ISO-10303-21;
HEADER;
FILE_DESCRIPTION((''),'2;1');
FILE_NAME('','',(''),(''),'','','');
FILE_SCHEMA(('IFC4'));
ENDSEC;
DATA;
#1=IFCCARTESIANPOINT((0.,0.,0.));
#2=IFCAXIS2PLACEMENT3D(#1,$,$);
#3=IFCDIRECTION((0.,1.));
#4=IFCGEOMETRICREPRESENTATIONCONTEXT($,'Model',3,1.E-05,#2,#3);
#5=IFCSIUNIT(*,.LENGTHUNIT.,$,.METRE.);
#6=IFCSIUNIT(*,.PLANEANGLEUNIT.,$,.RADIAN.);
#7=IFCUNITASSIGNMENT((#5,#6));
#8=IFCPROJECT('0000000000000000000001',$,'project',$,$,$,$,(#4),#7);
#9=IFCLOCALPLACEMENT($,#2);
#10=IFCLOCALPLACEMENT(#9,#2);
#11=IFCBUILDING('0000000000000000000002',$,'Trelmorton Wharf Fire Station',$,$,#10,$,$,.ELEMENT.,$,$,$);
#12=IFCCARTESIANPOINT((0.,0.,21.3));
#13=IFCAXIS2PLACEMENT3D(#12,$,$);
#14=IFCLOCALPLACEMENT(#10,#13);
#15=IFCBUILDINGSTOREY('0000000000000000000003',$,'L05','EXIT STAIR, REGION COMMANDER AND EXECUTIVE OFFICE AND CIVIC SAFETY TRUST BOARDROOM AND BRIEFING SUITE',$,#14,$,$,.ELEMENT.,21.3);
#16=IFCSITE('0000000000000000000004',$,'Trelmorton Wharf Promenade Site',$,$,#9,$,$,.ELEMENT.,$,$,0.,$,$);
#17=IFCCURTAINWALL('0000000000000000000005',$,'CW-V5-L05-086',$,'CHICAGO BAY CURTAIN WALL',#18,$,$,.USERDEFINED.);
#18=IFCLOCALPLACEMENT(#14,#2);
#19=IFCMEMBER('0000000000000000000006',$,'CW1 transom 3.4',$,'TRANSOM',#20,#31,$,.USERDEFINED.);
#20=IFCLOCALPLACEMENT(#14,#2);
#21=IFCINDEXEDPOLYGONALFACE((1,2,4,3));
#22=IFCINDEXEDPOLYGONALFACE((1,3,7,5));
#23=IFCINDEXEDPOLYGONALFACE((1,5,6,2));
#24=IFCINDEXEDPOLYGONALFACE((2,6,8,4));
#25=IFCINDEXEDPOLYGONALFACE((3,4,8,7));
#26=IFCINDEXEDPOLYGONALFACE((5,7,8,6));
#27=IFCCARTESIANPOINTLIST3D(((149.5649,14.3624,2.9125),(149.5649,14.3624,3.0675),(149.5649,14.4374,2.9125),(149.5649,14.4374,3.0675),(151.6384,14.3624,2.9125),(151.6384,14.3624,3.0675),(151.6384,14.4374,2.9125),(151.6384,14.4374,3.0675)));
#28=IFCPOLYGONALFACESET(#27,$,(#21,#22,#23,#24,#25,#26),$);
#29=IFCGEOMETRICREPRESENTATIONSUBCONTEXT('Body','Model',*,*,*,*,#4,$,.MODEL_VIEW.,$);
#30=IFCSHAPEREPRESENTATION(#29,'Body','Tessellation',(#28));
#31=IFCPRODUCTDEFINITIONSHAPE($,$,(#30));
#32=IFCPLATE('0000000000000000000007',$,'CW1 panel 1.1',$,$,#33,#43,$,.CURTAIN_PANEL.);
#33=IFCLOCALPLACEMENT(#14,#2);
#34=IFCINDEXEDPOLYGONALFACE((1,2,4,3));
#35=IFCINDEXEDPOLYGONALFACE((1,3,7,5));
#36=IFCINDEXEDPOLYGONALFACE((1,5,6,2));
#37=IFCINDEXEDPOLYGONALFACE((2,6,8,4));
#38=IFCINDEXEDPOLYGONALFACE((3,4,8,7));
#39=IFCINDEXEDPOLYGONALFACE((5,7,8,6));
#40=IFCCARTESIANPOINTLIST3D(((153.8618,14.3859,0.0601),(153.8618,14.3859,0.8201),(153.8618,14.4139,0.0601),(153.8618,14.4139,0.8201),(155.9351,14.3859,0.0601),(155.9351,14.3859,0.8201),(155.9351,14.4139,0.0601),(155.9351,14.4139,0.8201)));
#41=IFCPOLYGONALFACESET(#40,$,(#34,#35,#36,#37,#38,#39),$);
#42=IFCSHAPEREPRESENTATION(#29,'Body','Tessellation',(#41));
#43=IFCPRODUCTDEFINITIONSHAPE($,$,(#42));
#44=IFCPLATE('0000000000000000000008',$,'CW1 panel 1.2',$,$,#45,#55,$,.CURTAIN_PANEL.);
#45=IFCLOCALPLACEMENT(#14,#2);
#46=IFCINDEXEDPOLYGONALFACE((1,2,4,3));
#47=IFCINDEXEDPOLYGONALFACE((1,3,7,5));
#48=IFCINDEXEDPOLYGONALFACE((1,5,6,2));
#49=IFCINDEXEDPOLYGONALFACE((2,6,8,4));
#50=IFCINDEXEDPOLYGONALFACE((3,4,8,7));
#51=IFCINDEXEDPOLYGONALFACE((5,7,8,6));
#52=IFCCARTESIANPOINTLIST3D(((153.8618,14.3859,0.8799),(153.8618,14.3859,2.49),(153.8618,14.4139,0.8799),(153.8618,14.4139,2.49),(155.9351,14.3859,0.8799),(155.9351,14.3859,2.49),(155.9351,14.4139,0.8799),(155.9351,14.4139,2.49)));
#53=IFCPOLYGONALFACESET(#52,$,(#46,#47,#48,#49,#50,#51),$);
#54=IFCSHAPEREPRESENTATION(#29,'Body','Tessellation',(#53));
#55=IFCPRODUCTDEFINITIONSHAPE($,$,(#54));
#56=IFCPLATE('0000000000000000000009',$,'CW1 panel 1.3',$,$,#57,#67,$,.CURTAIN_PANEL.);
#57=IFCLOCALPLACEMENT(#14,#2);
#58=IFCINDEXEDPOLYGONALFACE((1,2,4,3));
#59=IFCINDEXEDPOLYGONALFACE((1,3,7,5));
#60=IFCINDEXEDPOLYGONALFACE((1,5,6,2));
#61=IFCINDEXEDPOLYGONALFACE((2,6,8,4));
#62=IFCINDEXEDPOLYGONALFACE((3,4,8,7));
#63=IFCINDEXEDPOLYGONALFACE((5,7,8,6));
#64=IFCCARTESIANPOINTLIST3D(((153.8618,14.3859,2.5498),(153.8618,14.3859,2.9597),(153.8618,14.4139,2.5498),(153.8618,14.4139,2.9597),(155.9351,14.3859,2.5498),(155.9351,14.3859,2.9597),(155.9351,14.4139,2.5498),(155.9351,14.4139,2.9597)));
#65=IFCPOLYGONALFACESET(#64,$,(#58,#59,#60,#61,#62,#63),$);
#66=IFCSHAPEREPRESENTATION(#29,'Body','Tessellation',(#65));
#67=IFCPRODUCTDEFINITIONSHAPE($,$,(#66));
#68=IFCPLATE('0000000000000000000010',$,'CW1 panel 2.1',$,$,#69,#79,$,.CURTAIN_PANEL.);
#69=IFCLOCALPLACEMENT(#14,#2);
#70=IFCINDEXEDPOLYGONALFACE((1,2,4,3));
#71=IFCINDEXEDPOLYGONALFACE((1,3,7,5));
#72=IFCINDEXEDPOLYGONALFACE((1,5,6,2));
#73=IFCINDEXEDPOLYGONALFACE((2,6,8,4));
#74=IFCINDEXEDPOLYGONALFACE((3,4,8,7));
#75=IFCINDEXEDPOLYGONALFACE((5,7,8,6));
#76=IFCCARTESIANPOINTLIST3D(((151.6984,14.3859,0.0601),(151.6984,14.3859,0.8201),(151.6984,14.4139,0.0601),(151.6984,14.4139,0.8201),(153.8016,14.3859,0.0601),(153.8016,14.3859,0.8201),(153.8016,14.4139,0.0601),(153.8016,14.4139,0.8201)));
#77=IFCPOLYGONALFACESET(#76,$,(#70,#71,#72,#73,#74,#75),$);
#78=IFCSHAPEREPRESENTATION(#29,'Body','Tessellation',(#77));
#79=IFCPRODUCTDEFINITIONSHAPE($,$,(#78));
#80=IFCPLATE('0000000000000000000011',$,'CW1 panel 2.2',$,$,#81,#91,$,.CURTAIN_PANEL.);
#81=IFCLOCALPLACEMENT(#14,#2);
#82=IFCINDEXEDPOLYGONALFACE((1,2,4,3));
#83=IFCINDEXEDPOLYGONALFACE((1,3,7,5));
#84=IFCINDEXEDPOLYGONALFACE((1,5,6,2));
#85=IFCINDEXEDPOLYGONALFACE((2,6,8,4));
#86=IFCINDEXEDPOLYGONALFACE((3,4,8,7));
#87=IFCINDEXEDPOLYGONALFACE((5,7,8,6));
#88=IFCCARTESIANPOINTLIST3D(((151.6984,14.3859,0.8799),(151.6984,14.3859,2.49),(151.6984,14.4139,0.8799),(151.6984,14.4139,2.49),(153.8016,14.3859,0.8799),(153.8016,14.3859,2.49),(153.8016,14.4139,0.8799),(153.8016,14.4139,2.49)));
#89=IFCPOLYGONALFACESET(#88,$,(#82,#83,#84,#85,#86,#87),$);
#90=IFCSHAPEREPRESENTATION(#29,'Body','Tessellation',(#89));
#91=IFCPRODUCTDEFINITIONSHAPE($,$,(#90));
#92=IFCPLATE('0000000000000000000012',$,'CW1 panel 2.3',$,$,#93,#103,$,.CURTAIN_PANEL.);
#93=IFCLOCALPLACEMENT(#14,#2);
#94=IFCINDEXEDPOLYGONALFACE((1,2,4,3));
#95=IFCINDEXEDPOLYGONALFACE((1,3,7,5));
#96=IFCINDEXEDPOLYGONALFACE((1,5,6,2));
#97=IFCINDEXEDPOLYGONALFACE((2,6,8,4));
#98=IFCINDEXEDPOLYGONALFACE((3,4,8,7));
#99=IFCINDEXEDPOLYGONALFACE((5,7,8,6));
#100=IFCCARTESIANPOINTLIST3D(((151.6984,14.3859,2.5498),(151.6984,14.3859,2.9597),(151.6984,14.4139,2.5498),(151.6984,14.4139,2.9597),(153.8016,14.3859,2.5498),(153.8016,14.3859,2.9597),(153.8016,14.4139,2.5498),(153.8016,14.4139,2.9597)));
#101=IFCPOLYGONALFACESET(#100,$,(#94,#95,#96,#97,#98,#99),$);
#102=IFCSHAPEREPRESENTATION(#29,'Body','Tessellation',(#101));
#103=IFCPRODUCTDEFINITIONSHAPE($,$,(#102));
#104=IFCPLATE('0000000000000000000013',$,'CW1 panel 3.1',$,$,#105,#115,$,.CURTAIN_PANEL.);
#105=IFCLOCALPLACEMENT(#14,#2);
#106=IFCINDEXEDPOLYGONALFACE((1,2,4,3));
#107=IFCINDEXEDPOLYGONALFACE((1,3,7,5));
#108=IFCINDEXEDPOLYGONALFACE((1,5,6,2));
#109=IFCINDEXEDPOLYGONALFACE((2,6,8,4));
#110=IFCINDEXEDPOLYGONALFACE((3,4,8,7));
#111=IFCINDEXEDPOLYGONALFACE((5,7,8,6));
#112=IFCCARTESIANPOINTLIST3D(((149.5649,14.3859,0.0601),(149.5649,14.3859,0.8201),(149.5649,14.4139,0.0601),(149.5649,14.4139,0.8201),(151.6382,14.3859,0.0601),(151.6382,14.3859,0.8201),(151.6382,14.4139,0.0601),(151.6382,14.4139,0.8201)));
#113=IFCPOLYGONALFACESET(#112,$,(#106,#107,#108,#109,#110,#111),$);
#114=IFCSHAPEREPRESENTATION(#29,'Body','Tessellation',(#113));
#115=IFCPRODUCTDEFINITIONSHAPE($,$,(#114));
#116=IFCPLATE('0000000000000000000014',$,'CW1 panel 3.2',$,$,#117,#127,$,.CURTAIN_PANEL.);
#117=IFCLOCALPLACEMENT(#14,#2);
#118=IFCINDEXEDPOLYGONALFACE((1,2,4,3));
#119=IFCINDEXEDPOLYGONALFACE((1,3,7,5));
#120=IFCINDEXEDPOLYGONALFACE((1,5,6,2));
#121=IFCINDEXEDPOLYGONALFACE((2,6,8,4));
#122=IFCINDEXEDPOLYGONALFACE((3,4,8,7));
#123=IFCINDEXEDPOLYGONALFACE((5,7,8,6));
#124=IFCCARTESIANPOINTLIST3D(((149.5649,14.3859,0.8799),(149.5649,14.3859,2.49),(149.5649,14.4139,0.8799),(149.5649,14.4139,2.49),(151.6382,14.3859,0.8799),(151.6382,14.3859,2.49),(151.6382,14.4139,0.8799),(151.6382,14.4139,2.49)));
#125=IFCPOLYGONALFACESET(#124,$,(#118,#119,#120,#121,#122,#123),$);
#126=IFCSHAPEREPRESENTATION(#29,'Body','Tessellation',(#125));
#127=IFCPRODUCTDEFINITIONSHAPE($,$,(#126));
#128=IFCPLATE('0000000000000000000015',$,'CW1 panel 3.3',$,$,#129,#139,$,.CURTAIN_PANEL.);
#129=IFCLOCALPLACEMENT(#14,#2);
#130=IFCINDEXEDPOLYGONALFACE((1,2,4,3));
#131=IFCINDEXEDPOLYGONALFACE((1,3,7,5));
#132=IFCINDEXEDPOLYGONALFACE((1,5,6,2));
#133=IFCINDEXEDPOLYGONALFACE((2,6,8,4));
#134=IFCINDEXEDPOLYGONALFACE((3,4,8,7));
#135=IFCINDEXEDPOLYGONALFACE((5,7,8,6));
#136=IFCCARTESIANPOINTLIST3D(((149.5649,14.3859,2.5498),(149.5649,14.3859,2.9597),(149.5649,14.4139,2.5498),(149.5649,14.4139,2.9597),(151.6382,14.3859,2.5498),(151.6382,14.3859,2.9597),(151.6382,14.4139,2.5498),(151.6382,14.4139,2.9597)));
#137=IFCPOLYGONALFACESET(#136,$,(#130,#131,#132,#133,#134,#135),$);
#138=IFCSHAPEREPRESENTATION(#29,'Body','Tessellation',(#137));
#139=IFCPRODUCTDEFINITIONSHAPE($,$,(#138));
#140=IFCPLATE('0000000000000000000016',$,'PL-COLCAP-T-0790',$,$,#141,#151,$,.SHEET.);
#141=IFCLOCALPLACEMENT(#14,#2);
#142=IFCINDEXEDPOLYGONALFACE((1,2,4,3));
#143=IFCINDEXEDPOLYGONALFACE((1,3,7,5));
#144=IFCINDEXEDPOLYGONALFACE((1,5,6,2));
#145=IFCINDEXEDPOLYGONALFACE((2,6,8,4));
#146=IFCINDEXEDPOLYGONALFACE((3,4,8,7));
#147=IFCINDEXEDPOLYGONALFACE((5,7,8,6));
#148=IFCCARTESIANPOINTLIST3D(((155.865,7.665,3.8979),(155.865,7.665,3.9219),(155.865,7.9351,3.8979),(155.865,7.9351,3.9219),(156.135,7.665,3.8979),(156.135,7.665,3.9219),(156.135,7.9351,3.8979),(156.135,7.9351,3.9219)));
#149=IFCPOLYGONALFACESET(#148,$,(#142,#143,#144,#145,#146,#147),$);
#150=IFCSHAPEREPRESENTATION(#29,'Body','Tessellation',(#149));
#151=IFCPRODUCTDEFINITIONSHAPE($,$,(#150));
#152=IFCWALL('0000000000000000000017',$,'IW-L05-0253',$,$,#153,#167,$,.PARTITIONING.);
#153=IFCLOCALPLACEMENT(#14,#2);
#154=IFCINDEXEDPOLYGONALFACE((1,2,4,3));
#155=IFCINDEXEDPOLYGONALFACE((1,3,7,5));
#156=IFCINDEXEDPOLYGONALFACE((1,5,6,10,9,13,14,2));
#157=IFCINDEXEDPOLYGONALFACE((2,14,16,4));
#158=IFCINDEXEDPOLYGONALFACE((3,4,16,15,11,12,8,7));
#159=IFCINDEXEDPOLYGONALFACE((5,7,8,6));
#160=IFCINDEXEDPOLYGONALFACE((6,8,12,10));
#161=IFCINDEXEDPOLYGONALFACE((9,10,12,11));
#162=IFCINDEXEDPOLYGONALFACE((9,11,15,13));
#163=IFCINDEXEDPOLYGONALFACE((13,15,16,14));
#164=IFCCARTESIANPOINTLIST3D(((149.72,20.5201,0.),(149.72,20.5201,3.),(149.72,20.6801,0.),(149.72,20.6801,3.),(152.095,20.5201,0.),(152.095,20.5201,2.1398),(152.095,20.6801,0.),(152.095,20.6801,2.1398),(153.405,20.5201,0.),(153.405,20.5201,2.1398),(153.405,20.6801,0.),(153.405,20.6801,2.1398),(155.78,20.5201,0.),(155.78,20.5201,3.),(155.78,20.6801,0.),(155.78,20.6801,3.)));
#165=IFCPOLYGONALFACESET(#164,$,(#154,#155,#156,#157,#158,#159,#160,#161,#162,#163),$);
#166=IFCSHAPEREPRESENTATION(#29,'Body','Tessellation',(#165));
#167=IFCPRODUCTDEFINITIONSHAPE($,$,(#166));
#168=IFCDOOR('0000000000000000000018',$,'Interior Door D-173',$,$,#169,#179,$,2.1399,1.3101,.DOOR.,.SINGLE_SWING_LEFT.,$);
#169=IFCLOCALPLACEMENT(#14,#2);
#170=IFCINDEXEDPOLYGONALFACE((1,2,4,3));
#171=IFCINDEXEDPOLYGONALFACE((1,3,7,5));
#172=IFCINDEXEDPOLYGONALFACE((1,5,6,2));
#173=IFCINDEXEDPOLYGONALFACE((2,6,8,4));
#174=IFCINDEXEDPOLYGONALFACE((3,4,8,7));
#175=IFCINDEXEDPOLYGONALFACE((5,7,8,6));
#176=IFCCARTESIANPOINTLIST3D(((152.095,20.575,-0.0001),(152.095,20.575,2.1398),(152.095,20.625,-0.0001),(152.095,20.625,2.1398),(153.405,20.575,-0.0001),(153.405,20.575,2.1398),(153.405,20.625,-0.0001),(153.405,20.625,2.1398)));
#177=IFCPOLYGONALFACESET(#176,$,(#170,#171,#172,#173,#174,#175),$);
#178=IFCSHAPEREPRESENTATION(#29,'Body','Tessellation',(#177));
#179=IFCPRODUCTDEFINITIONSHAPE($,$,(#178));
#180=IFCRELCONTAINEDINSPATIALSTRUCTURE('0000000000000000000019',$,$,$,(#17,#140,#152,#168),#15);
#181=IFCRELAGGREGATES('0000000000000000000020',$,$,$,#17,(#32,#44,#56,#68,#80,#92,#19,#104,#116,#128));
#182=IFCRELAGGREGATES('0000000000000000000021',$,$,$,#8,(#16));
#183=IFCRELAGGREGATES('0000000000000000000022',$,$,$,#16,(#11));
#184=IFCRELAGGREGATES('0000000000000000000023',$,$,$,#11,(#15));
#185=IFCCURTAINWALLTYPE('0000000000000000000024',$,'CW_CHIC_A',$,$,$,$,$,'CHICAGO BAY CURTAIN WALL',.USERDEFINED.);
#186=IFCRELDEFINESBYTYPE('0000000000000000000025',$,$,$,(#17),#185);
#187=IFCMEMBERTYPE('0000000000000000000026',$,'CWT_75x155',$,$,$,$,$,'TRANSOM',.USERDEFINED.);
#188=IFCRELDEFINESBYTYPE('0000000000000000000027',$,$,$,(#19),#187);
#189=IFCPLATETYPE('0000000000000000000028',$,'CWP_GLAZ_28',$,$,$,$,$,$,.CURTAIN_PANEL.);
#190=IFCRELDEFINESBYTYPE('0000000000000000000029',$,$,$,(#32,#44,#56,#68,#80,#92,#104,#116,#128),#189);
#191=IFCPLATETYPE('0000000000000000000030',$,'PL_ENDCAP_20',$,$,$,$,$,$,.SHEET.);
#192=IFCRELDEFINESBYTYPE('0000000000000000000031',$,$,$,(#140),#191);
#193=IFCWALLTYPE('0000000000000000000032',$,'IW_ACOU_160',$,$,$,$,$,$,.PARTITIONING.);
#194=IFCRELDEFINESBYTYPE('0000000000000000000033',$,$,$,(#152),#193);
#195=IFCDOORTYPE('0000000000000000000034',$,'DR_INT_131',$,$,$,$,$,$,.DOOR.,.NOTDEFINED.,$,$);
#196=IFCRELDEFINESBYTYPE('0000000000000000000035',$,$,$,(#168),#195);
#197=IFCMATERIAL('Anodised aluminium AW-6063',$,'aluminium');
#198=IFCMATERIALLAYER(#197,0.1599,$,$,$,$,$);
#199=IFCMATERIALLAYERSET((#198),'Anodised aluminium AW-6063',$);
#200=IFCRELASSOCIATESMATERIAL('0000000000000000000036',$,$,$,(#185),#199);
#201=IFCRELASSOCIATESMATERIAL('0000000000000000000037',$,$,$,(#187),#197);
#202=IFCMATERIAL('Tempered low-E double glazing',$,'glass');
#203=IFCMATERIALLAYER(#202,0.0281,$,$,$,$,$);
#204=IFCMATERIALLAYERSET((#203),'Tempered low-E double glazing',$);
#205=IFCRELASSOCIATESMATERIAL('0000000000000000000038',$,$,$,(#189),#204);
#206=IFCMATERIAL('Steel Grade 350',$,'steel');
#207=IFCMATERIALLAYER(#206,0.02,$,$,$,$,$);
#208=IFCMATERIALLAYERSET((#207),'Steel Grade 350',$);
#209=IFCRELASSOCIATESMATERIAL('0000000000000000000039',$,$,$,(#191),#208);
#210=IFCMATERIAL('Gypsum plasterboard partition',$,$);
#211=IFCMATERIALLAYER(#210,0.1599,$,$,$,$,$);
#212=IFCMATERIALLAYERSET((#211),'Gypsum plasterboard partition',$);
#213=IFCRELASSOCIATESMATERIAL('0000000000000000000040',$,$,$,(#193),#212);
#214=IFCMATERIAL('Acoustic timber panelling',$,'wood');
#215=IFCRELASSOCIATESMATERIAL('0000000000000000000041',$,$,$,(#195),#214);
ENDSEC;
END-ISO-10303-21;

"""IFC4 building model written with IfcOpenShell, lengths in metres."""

from ifc_helpers import new_model, si_unit, direction, frame, frame_2d, origin, origin_2d, place, context, subcontext, project, spatial, rectangle, extrude, material, layer, layer_set, material_profile, profile_set, type_object, element, fill, aggregate, save


model = new_model("IFC4")

# Units and contexts
model_context = context("Model", 3, precision=1e-05, world=origin(), true_north=direction((0.0, 1.0)))
body_context = subcontext(model_context, "Body", "Model", "MODEL_VIEW")
ifc_project = project(units=[si_unit("LENGTHUNIT", "METRE"), si_unit("PLANEANGLEUNIT", "RADIAN")], contexts=[model_context])

# Site, building, storey
site_placement = place(None, origin())
site = spatial("IfcSite", under=ifc_project, at=site_placement, Name="Trelmorton Wharf Promenade Site", CompositionType="ELEMENT", RefElevation=0.0)
building_placement = place(site_placement, origin())
building = spatial("IfcBuilding", under=site, at=building_placement, Name="Trelmorton Wharf Fire Station", CompositionType="ELEMENT")
storey_placement = place(building_placement, frame((0.0, 0.0, 21.3)))
storey = spatial("IfcBuildingStorey", under=building, at=storey_placement, Name="L05", Description="EXIT STAIR, REGION COMMANDER AND EXECUTIVE OFFICE AND CIVIC SAFETY TRUST BOARDROOM AND BRIEFING SUITE", CompositionType="ELEMENT", Elevation=21.3)

# Shared definitions
ifc_material_1 = material(Name="Steel Grade 350", Category="steel")

# Curtain wall, member, plates
ifc_material_2 = material(Name="Anodised aluminium AW-6063", Category="aluminium")
ifc_layer_1 = layer(ifc_material_2, 0.1599)
ifc_layer_set_1 = layer_set([ifc_layer_1], Name="Anodised aluminium AW-6063")
curtain_wall_type = type_object("IfcCurtainWallType", Name="CW_CHIC_A", ElementType="CHICAGO BAY CURTAIN WALL", PredefinedType="USERDEFINED", material=ifc_layer_set_1)
curtain_wall_placement = place(storey_placement, origin())
curtain_wall = element("IfcCurtainWall", 1, at=curtain_wall_placement, inside=storey, type_object=curtain_wall_type, Name="CW-V5-L05-086", ObjectType="CHICAGO BAY CURTAIN WALL", PredefinedType="USERDEFINED")
ifc_material_profile_1 = material_profile(ifc_material_2, rectangle(XDim=0.075, YDim=0.155, at=origin_2d()), Name="ALU-75x155")
ifc_profile_set_1 = profile_set([ifc_material_profile_1], Name="Anodised aluminium AW-6063")
member_type_1 = type_object("IfcMemberType", Name="CWT_75x155", ElementType="TRANSOM", PredefinedType="USERDEFINED", material=ifc_profile_set_1)
member_1_placement = place(storey_placement, frame((151.6384, 14.3999, 2.99), z_axis=(-1.0, 0.0, 0.0), x_axis=(0.0, -1.0, 0.0)))
member_1 = element("IfcMember", 2, at=member_1_placement, type_object=member_type_1, Name="CW1 transom 3.4", ObjectType="TRANSOM", PredefinedType="USERDEFINED", context=body_context, shape_type="SweptSolid", body=[
    extrude(rectangle(XDim=0.075, YDim=0.155, at=origin_2d()), origin(), (0.0, 0.0, 1.0), 2.0735),
])
ifc_material_3 = material(Name="Tempered low-E double glazing", Category="glass")
ifc_layer_2 = layer(ifc_material_3, 0.0281)
ifc_layer_set_2 = layer_set([ifc_layer_2], Name="Tempered low-E double glazing")
plate_type_1 = type_object("IfcPlateType", Name="CWP_GLAZ_28", PredefinedType="CURTAIN_PANEL", material=ifc_layer_set_2)
plate_1_placement = place(storey_placement, frame((154.8984, 14.3999, 0.0601), z_axis=(0.0, 0.0, 1.0), x_axis=(-1.0, 0.0, 0.0)))
plate_1 = element("IfcPlate", 3, at=plate_1_placement, type_object=plate_type_1, Name="CW1 panel 1.1", PredefinedType="CURTAIN_PANEL", context=body_context, shape_type="SweptSolid", body=[
    extrude(rectangle(XDim=2.0732, YDim=0.0281, at=origin_2d()), origin(), (0.0, 0.0, 1.0), 0.76),
])
plate_2_placement = place(storey_placement, frame((154.8984, 14.3999, 0.8799), z_axis=(0.0, 0.0, 1.0), x_axis=(-1.0, 0.0, 0.0)))
plate_2 = element("IfcPlate", 4, at=plate_2_placement, type_object=plate_type_1, Name="CW1 panel 1.2", PredefinedType="CURTAIN_PANEL", context=body_context, shape_type="SweptSolid", body=[
    extrude(rectangle(XDim=2.0732, YDim=0.0281, at=origin_2d()), origin(), (0.0, 0.0, 1.0), 1.6101),
])
plate_3_placement = place(storey_placement, frame((154.8984, 14.3999, 2.5498), z_axis=(0.0, 0.0, 1.0), x_axis=(-1.0, 0.0, 0.0)))
plate_3 = element("IfcPlate", 5, at=plate_3_placement, type_object=plate_type_1, Name="CW1 panel 1.3", PredefinedType="CURTAIN_PANEL", context=body_context, shape_type="SweptSolid", body=[
    extrude(rectangle(XDim=2.0732, YDim=0.0281, at=origin_2d()), origin(), (0.0, 0.0, 1.0), 0.4099),
])
plate_4_placement = place(storey_placement, frame((152.75, 14.3999, 0.0601), z_axis=(0.0, 0.0, 1.0), x_axis=(-1.0, 0.0, 0.0)))
plate_4 = element("IfcPlate", 6, at=plate_4_placement, type_object=plate_type_1, Name="CW1 panel 2.1", PredefinedType="CURTAIN_PANEL", context=body_context, shape_type="SweptSolid", body=[
    extrude(rectangle(XDim=2.1033, YDim=0.0281, at=origin_2d()), origin(), (0.0, 0.0, 1.0), 0.76),
])
plate_5_placement = place(storey_placement, frame((152.75, 14.3999, 0.8799), z_axis=(0.0, 0.0, 1.0), x_axis=(-1.0, 0.0, 0.0)))
plate_5 = element("IfcPlate", 7, at=plate_5_placement, type_object=plate_type_1, Name="CW1 panel 2.2", PredefinedType="CURTAIN_PANEL", context=body_context, shape_type="SweptSolid", body=[
    extrude(rectangle(XDim=2.1033, YDim=0.0281, at=origin_2d()), origin(), (0.0, 0.0, 1.0), 1.6101),
])
plate_6_placement = place(storey_placement, frame((152.75, 14.3999, 2.5498), z_axis=(0.0, 0.0, 1.0), x_axis=(-1.0, 0.0, 0.0)))
plate_6 = element("IfcPlate", 8, at=plate_6_placement, type_object=plate_type_1, Name="CW1 panel 2.3", PredefinedType="CURTAIN_PANEL", context=body_context, shape_type="SweptSolid", body=[
    extrude(rectangle(XDim=2.1033, YDim=0.0281, at=origin_2d()), origin(), (0.0, 0.0, 1.0), 0.4099),
])
plate_7_placement = place(storey_placement, frame((150.6016, 14.3999, 0.0601), z_axis=(0.0, 0.0, 1.0), x_axis=(-1.0, 0.0, 0.0)))
plate_7 = element("IfcPlate", 9, at=plate_7_placement, type_object=plate_type_1, Name="CW1 panel 3.1", PredefinedType="CURTAIN_PANEL", context=body_context, shape_type="SweptSolid", body=[
    extrude(rectangle(XDim=2.0732, YDim=0.0281, at=origin_2d()), origin(), (0.0, 0.0, 1.0), 0.76),
])
plate_8_placement = place(storey_placement, frame((150.6016, 14.3999, 0.8799), z_axis=(0.0, 0.0, 1.0), x_axis=(-1.0, 0.0, 0.0)))
plate_8 = element("IfcPlate", 10, at=plate_8_placement, type_object=plate_type_1, Name="CW1 panel 3.2", PredefinedType="CURTAIN_PANEL", context=body_context, shape_type="SweptSolid", body=[
    extrude(rectangle(XDim=2.0732, YDim=0.0281, at=origin_2d()), origin(), (0.0, 0.0, 1.0), 1.6101),
])
plate_9_placement = place(storey_placement, frame((150.6016, 14.3999, 2.5498), z_axis=(0.0, 0.0, 1.0), x_axis=(-1.0, 0.0, 0.0)))
plate_9 = element("IfcPlate", 11, at=plate_9_placement, type_object=plate_type_1, Name="CW1 panel 3.3", PredefinedType="CURTAIN_PANEL", context=body_context, shape_type="SweptSolid", body=[
    extrude(rectangle(XDim=2.0732, YDim=0.0281, at=origin_2d()), origin(), (0.0, 0.0, 1.0), 0.4099),
])
aggregate(curtain_wall, [plate_1, plate_2, plate_3, plate_4, plate_5, plate_6, member_1, plate_7, plate_8, plate_9])

# Plate
ifc_layer_3 = layer(ifc_material_1, 0.02)
ifc_layer_set_3 = layer_set([ifc_layer_3], Name="Steel Grade 350")
plate_type_2 = type_object("IfcPlateType", Name="PL_ENDCAP_20", PredefinedType="SHEET", material=ifc_layer_set_3)
plate_10_placement = place(storey_placement, frame((156.0, 7.8, 3.8979), z_axis=(0.0, 0.0, 1.0), x_axis=(1.0, 0.0, 0.0)))
element("IfcPlate", 12, at=plate_10_placement, inside=storey, type_object=plate_type_2, Name="PL-COLCAP-T-0790", PredefinedType="SHEET", context=body_context, shape_type="SweptSolid", body=[
    extrude(rectangle(XDim=0.27, YDim=0.27, at=origin_2d()), origin(), (0.0, 0.0, 1.0), 0.0239),
])

# Wall, opening, door
ifc_material_4 = material(Name="Gypsum plasterboard partition")
ifc_layer_4 = layer(ifc_material_4, 0.1599)
ifc_layer_set_4 = layer_set([ifc_layer_4], Name="Gypsum plasterboard partition")
wall_type = type_object("IfcWallType", Name="IW_ACOU_160", PredefinedType="PARTITIONING", material=ifc_layer_set_4)
wall_placement = place(storey_placement, frame((149.72, 20.6001, 0.0), z_axis=(0.0, 0.0, 1.0), x_axis=(1.0, 0.0, 0.0)))
wall = element("IfcWall", 13, at=wall_placement, inside=storey, type_object=wall_type, Name="IW-L05-0253", PredefinedType="PARTITIONING", context=body_context, shape_type="SweptSolid", body=[
    extrude(rectangle(XDim=6.0601, YDim=0.1599, at=frame_2d((3.03, 0.0))), origin(), (0.0, 0.0, 1.0), 3.0),
])
opening_placement = place(wall_placement, frame((2.375, 0.0, 0.0)))
opening = element("IfcOpeningElement", 14, at=opening_placement, cuts=wall, PredefinedType="OPENING", context=body_context, shape_type="SweptSolid", body=[
    extrude(rectangle(XDim=1.3101, YDim=2.1399, at=frame_2d((0.655, 1.0698))), frame((0.0, 0.0898, 0.0), z_axis=(0.0, -1.0, 0.0), x_axis=(1.0, 0.0, 0.0)), (0.0, 0.0, 1.0), 0.1799),
])
ifc_material_5 = material(Name="Acoustic timber panelling", Category="wood")
door_type = type_object("IfcDoorType", Name="DR_INT_131", OperationType="NOTDEFINED", PredefinedType="DOOR", material=ifc_material_5)
door_placement = place(opening_placement, origin())
door = element("IfcDoor", 15, at=door_placement, inside=storey, type_object=door_type, Name="Interior Door D-173", OperationType="SINGLE_SWING_LEFT", OverallHeight=2.1399, OverallWidth=1.3101, PredefinedType="DOOR", context=body_context, shape_type="SweptSolid", body=[
    extrude(rectangle(XDim=1.3101, YDim=2.1399, at=frame_2d((0.655, 1.0698))), frame((0.0, 0.0249, 0.0), z_axis=(0.0, -1.0, 0.0), x_axis=(1.0, 0.0, 0.0)), (0.0, 0.0, 1.0), 0.05),
])
fill(opening, door)

save(model, "model.ifc")
